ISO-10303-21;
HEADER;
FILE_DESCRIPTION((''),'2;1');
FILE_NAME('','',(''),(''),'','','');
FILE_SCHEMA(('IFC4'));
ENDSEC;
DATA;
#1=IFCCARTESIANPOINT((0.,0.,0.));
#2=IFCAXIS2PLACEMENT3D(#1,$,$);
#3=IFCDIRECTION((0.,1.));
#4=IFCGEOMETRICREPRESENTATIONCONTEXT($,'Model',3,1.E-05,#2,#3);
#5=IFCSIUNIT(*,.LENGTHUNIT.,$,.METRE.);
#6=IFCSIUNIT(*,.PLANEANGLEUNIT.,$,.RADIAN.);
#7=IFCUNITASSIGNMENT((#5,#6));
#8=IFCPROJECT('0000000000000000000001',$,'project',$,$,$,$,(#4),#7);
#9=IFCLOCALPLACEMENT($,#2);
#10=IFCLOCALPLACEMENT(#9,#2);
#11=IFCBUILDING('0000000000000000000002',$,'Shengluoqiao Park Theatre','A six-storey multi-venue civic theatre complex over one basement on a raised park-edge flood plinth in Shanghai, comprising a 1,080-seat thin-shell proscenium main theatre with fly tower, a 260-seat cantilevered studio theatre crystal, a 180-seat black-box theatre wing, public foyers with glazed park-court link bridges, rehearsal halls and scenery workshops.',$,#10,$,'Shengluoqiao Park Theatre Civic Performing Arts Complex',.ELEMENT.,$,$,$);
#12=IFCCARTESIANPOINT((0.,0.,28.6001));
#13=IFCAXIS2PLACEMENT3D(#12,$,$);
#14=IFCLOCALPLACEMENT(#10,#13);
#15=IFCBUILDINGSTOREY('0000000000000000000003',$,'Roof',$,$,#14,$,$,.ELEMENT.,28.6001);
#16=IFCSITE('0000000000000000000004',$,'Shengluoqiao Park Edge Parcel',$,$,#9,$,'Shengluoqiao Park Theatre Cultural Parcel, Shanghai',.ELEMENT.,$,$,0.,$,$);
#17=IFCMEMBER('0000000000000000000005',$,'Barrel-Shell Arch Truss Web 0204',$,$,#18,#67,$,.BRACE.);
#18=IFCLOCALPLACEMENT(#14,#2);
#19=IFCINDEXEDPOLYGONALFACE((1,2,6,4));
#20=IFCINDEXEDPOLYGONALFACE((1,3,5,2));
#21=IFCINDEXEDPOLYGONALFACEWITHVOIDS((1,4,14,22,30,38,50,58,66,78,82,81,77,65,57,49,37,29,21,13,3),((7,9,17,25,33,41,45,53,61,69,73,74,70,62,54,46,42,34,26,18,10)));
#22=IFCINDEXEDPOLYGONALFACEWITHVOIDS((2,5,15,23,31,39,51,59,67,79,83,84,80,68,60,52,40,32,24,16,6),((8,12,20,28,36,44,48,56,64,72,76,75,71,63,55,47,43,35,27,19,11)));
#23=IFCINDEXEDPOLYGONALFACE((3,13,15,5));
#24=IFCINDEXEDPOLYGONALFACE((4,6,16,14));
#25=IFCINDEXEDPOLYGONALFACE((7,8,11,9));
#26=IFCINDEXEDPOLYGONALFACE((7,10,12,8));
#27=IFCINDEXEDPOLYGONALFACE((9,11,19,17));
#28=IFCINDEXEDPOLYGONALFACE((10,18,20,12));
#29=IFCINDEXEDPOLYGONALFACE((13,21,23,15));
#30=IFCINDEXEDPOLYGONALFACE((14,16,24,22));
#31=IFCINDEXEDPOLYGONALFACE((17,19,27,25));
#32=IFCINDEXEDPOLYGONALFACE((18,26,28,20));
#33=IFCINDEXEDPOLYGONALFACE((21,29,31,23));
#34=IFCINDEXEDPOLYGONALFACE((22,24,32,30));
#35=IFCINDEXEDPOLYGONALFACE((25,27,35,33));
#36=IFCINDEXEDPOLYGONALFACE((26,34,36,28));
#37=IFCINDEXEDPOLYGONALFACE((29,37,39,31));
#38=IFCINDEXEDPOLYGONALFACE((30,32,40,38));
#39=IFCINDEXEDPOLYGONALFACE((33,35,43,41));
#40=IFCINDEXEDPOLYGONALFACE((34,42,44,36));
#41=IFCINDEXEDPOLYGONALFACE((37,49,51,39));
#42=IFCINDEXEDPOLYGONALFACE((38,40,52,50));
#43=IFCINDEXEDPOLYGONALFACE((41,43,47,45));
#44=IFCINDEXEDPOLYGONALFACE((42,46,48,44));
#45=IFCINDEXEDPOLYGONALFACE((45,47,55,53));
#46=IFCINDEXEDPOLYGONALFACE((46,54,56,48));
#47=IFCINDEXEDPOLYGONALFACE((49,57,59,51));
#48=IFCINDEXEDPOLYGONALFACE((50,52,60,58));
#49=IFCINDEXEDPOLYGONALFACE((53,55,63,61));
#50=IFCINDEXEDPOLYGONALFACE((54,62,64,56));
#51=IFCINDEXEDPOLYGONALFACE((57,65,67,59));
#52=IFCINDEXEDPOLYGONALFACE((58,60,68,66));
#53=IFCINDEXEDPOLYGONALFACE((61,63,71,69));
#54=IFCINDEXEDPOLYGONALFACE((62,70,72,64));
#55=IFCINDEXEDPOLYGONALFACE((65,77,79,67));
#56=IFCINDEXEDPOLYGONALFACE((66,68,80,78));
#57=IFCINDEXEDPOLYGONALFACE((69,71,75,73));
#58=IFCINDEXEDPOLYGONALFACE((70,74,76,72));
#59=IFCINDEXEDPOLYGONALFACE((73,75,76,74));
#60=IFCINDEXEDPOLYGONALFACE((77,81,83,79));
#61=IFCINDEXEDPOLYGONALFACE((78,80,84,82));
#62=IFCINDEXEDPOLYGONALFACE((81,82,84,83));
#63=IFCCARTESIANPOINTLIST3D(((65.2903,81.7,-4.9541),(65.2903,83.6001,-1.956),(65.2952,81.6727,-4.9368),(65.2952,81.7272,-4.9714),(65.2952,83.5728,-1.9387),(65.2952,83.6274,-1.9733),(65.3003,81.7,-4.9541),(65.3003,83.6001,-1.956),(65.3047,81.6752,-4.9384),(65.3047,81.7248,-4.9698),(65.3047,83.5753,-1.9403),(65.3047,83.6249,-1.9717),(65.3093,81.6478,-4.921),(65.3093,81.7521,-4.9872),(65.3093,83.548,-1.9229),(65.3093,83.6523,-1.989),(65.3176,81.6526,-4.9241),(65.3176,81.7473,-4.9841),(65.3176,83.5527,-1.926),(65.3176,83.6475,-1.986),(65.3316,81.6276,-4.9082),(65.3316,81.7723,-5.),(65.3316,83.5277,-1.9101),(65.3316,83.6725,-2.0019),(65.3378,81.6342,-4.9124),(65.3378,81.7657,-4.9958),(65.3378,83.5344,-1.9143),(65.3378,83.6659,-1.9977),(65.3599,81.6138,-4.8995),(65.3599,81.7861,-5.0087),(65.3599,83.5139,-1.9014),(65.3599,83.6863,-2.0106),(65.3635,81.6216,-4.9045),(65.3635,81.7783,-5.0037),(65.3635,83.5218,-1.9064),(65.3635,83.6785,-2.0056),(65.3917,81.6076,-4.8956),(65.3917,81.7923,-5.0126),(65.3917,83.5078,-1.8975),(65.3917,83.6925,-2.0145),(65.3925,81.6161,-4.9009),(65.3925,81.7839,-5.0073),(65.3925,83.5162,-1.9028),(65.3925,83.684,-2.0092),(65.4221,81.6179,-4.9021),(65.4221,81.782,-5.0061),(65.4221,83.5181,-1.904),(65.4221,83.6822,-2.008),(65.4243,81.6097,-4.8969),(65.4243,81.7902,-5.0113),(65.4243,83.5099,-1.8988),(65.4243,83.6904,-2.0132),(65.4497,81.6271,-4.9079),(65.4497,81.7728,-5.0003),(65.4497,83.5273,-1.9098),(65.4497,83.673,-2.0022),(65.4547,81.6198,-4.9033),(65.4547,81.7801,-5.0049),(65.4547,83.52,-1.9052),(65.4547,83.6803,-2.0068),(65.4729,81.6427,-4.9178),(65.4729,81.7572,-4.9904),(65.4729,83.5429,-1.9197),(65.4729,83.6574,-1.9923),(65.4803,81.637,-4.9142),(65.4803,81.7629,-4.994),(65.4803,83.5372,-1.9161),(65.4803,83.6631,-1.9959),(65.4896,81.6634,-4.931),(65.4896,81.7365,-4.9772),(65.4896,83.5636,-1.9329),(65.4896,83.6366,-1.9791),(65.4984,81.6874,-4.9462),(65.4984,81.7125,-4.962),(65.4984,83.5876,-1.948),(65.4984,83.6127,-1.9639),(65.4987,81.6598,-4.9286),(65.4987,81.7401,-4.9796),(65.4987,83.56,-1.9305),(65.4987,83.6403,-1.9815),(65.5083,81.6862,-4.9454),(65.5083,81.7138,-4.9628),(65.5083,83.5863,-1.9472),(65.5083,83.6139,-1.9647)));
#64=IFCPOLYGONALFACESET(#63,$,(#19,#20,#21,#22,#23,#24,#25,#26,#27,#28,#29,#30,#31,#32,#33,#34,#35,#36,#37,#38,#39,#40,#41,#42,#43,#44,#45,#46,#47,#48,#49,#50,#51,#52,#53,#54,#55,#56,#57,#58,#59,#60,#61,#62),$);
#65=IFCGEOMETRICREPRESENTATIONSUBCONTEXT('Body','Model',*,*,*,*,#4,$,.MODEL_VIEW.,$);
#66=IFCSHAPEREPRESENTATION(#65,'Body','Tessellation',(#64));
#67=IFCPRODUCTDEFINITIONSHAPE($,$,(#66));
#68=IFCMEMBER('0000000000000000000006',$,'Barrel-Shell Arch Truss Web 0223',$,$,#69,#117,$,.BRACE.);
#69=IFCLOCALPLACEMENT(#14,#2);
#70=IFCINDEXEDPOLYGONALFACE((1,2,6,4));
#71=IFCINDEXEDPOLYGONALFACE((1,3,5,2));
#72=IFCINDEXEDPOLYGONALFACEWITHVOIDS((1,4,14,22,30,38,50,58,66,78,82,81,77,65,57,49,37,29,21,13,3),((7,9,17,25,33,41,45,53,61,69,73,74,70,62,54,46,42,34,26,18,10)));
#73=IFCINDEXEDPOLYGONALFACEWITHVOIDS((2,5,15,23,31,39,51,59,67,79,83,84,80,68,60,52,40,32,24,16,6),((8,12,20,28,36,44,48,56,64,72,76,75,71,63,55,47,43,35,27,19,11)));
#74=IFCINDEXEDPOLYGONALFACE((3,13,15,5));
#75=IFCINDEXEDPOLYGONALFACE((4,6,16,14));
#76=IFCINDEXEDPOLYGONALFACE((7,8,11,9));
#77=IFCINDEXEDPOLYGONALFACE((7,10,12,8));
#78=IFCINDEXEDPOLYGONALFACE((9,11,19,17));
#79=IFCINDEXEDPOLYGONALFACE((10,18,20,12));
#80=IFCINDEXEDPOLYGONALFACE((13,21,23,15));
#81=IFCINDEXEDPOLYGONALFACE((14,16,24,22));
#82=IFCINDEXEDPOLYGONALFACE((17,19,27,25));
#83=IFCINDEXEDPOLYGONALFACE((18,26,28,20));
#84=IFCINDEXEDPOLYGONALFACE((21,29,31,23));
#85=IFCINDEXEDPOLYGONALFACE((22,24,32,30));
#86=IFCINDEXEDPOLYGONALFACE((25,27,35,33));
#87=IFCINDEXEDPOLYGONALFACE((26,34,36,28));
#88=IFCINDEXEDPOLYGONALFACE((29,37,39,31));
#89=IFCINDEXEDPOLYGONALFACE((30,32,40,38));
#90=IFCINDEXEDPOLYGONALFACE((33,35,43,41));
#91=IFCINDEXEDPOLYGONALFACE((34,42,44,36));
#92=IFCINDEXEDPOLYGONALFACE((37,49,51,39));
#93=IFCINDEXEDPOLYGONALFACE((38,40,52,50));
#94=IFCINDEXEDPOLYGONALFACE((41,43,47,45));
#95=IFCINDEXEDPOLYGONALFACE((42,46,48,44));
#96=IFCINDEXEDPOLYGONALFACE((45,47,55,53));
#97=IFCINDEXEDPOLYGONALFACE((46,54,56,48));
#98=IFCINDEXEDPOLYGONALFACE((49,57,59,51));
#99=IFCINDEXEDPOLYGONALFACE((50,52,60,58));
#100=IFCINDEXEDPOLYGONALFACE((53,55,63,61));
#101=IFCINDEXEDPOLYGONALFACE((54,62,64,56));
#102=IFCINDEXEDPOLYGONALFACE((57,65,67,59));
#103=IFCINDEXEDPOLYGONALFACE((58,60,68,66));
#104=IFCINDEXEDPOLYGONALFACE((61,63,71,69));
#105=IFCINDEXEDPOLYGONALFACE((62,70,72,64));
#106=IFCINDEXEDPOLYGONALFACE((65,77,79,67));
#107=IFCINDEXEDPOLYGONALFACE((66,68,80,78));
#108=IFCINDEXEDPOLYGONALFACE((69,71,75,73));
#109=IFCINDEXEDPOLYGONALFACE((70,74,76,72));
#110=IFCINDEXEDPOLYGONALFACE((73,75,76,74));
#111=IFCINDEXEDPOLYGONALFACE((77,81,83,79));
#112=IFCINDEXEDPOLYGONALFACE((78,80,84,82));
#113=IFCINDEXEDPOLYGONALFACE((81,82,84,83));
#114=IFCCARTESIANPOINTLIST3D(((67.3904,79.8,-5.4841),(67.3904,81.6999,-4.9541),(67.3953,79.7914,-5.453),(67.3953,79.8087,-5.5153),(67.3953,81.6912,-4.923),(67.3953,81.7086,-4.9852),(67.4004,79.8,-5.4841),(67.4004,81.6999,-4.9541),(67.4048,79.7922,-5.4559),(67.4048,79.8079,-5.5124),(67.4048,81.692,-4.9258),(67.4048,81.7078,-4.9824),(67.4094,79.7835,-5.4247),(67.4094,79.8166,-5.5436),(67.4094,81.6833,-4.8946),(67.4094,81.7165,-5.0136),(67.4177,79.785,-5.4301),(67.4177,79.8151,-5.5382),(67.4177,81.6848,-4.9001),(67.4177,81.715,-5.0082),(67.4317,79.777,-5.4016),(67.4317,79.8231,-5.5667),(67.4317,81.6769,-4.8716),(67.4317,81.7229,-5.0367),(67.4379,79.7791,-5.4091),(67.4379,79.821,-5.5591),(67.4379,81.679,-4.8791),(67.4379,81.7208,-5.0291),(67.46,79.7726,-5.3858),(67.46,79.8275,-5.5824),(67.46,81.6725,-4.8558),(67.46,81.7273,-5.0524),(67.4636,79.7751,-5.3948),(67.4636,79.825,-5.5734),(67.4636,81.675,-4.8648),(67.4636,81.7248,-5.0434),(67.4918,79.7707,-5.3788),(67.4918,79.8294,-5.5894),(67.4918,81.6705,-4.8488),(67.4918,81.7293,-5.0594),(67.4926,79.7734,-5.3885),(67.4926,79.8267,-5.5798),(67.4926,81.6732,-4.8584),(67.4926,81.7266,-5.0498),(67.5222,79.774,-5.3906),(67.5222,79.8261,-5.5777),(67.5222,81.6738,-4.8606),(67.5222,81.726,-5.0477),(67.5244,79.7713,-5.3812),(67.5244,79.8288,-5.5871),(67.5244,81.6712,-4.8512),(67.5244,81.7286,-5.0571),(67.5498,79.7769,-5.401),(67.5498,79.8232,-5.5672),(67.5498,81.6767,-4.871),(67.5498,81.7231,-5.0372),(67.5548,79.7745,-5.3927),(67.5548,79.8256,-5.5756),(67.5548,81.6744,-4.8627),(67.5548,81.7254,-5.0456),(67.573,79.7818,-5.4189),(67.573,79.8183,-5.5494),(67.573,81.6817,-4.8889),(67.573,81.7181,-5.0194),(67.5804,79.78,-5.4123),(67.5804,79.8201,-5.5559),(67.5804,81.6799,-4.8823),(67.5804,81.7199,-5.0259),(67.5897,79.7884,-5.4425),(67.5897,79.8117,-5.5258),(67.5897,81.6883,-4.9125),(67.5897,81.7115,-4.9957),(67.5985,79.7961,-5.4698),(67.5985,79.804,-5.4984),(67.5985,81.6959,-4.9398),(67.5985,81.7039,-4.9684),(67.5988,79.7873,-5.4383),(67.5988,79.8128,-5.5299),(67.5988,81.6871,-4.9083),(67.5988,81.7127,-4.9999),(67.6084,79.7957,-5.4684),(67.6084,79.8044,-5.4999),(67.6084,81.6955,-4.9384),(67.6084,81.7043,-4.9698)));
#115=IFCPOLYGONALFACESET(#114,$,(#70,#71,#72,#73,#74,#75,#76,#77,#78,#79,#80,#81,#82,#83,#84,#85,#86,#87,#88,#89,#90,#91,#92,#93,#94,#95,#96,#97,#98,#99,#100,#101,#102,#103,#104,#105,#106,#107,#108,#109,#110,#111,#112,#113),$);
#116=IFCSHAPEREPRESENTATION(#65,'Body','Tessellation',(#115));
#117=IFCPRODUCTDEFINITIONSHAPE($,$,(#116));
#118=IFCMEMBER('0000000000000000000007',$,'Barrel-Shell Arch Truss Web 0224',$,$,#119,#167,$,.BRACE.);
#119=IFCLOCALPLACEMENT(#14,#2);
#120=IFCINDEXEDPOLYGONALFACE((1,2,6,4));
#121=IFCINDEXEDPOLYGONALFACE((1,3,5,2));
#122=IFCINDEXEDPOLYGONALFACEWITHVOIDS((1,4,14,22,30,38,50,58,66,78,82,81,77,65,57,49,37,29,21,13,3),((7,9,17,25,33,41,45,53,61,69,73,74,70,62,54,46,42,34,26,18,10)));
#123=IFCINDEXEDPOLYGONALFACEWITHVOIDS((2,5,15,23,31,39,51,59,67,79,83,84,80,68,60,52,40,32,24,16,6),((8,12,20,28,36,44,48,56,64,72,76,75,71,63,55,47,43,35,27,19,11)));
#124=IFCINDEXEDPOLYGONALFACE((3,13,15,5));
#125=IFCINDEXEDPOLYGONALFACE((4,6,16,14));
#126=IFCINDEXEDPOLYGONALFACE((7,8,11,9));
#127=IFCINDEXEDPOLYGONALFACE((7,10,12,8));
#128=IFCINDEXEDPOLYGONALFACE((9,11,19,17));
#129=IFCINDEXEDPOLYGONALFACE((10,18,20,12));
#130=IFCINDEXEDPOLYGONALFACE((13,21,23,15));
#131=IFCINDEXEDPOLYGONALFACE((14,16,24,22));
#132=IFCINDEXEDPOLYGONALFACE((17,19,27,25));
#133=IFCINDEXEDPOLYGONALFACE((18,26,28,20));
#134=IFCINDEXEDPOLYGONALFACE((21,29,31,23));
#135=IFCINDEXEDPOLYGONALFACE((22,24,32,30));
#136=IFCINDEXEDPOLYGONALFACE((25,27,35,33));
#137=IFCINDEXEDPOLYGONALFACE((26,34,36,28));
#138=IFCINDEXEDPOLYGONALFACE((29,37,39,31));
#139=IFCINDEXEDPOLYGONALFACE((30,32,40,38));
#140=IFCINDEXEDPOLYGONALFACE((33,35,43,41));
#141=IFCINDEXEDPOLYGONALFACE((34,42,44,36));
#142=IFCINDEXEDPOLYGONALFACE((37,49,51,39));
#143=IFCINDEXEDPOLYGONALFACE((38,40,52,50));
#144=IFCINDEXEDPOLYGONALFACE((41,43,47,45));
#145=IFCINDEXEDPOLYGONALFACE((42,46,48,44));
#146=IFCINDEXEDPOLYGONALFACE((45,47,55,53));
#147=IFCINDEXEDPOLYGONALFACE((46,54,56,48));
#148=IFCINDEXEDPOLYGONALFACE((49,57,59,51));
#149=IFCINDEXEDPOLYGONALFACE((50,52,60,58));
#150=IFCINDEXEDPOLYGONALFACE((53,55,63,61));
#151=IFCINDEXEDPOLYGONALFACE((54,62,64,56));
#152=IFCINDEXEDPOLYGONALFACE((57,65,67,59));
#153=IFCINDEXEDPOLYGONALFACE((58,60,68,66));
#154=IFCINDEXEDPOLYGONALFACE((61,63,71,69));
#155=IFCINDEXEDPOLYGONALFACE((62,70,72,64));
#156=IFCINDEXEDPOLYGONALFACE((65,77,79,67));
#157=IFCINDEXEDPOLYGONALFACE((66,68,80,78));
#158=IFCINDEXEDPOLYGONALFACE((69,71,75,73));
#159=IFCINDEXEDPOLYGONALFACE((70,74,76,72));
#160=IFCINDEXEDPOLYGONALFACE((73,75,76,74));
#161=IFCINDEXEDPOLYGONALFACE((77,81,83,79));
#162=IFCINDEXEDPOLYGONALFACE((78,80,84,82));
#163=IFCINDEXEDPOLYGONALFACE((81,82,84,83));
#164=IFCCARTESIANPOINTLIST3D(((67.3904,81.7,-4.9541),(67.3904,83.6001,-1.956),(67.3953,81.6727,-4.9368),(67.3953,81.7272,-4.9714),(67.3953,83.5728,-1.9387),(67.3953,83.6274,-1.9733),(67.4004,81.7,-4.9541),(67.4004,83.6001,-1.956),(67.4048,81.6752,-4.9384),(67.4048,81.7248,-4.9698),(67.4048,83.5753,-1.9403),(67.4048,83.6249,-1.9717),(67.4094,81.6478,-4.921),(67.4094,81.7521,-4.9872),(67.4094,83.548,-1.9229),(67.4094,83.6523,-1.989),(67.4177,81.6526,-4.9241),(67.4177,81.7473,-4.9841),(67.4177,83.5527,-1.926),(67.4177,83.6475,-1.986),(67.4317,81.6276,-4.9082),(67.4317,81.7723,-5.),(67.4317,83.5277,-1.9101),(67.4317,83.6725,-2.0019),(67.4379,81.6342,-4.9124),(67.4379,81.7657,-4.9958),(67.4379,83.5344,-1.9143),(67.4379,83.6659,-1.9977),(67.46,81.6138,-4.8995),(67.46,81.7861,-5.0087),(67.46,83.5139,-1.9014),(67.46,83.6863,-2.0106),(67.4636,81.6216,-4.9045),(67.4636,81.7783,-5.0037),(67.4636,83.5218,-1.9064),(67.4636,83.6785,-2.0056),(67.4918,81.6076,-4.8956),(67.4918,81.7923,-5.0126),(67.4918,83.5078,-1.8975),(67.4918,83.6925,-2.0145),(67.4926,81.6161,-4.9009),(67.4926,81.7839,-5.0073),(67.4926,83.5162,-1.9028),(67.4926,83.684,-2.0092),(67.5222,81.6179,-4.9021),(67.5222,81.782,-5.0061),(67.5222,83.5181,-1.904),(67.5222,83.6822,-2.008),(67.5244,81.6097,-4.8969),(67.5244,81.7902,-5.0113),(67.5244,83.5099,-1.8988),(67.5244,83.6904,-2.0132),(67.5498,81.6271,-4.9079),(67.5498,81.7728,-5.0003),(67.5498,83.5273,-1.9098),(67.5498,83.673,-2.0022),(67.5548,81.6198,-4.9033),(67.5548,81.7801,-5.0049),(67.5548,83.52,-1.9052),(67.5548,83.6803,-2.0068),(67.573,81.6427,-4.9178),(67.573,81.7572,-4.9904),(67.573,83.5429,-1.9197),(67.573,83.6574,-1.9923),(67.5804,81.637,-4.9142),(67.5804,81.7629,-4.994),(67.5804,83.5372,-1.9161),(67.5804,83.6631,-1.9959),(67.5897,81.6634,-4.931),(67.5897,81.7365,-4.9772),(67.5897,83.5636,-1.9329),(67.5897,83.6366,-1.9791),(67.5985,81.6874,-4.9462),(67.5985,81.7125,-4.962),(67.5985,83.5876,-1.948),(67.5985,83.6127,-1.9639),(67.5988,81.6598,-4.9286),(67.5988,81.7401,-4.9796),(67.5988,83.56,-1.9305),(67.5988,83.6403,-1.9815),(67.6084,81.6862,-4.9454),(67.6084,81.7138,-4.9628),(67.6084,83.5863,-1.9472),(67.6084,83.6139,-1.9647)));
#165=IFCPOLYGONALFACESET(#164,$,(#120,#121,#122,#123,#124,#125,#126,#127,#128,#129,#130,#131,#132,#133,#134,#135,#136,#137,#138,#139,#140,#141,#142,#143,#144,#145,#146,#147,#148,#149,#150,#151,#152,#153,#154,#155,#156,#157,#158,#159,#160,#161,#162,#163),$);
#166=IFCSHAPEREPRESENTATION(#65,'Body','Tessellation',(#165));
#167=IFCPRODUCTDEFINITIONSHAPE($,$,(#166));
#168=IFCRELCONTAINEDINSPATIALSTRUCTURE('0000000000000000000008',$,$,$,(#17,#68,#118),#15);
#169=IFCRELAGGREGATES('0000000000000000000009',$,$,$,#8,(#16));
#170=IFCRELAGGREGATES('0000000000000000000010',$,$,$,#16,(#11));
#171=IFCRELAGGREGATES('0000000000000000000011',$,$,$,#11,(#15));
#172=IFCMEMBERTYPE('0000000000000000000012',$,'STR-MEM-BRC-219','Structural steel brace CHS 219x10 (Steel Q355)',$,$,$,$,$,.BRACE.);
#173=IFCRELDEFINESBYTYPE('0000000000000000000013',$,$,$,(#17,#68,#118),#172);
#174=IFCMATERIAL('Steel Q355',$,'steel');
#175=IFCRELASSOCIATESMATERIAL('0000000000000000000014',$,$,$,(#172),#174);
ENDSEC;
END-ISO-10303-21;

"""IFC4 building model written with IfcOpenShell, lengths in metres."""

from ifc_helpers import new_model, si_unit, direction, frame, origin, origin_2d, place, context, subcontext, project, spatial, hollow_circle, extrude, material, material_profile, profile_set, type_object, element, save


model = new_model("IFC4")

# Units and contexts
model_context = context("Model", 3, precision=1e-05, world=origin(), true_north=direction((0.0, 1.0)))
body_context = subcontext(model_context, "Body", "Model", "MODEL_VIEW")
ifc_project = project(units=[si_unit("LENGTHUNIT", "METRE"), si_unit("PLANEANGLEUNIT", "RADIAN")], contexts=[model_context])

# Site, building, storey
site_placement = place(None, origin())
site = spatial("IfcSite", under=ifc_project, at=site_placement, Name="Shengluoqiao Park Edge Parcel", LongName="Shengluoqiao Park Theatre Cultural Parcel, Shanghai", CompositionType="ELEMENT", RefElevation=0.0)
building_placement = place(site_placement, origin())
building = spatial("IfcBuilding", under=site, at=building_placement, Name="Shengluoqiao Park Theatre", Description="A six-storey multi-venue civic theatre complex over one basement on a raised park-edge flood plinth in Shanghai, comprising a 1,080-seat thin-shell proscenium main theatre with fly tower, a 260-seat cantilevered studio theatre crystal, a 180-seat black-box theatre wing, public foyers with glazed park-court link bridges, rehearsal halls and scenery workshops.", LongName="Shengluoqiao Park Theatre Civic Performing Arts Complex", CompositionType="ELEMENT")
storey_placement = place(building_placement, frame((0.0, 0.0, 28.6001)))
storey = spatial("IfcBuildingStorey", under=building, at=storey_placement, Name="Roof", CompositionType="ELEMENT", Elevation=28.6001)

# Shared definitions
ifc_material_1 = material(Name="Steel Q355", Category="steel")

# Members
ifc_material_profile_1 = material_profile(ifc_material_1, hollow_circle(Radius=0.1096, WallThickness=0.01, at=origin_2d()), Name="CHS 219x10")
ifc_profile_set_1 = profile_set([ifc_material_profile_1], Name="Steel Q355")
member_type_1 = type_object("IfcMemberType", Name="STR-MEM-BRC-219", Description="Structural steel brace CHS 219x10 (Steel Q355)", PredefinedType="BRACE", material=ifc_profile_set_1)
member_1_placement = place(storey_placement, frame((65.3999, 81.7, -4.9541), z_axis=(0.0, 0.53533, 0.844643), x_axis=(-1.0, 0.0, 0.0)))
element("IfcMember", 1, at=member_1_placement, inside=storey, type_object=member_type_1, Name="Barrel-Shell Arch Truss Web 0204", PredefinedType="BRACE", context=body_context, shape_type="SweptSolid", body=[
    extrude(hollow_circle(Radius=0.1096, WallThickness=0.01, at=origin_2d()), origin(), (0.0, 0.0, 1.0), 3.5496),
])
member_2_placement = place(storey_placement, frame((67.5, 79.8, -5.4841), z_axis=(0.0, 0.963219, 0.268716), x_axis=(-1.0, 0.0, 0.0)))
element("IfcMember", 2, at=member_2_placement, inside=storey, type_object=member_type_1, Name="Barrel-Shell Arch Truss Web 0223", PredefinedType="BRACE", context=body_context, shape_type="SweptSolid", body=[
    extrude(hollow_circle(Radius=0.1096, WallThickness=0.01, at=origin_2d()), origin(), (0.0, 0.0, 1.0), 1.9724),
])
member_3_placement = place(storey_placement, frame((67.5, 81.7, -4.9541), z_axis=(0.0, 0.53533, 0.844643), x_axis=(-1.0, 0.0, 0.0)))
element("IfcMember", 3, at=member_3_placement, inside=storey, type_object=member_type_1, Name="Barrel-Shell Arch Truss Web 0224", PredefinedType="BRACE", context=body_context, shape_type="SweptSolid", body=[
    extrude(hollow_circle(Radius=0.1096, WallThickness=0.01, at=origin_2d()), origin(), (0.0, 0.0, 1.0), 3.5496),
])

save(model, "model.ifc")
